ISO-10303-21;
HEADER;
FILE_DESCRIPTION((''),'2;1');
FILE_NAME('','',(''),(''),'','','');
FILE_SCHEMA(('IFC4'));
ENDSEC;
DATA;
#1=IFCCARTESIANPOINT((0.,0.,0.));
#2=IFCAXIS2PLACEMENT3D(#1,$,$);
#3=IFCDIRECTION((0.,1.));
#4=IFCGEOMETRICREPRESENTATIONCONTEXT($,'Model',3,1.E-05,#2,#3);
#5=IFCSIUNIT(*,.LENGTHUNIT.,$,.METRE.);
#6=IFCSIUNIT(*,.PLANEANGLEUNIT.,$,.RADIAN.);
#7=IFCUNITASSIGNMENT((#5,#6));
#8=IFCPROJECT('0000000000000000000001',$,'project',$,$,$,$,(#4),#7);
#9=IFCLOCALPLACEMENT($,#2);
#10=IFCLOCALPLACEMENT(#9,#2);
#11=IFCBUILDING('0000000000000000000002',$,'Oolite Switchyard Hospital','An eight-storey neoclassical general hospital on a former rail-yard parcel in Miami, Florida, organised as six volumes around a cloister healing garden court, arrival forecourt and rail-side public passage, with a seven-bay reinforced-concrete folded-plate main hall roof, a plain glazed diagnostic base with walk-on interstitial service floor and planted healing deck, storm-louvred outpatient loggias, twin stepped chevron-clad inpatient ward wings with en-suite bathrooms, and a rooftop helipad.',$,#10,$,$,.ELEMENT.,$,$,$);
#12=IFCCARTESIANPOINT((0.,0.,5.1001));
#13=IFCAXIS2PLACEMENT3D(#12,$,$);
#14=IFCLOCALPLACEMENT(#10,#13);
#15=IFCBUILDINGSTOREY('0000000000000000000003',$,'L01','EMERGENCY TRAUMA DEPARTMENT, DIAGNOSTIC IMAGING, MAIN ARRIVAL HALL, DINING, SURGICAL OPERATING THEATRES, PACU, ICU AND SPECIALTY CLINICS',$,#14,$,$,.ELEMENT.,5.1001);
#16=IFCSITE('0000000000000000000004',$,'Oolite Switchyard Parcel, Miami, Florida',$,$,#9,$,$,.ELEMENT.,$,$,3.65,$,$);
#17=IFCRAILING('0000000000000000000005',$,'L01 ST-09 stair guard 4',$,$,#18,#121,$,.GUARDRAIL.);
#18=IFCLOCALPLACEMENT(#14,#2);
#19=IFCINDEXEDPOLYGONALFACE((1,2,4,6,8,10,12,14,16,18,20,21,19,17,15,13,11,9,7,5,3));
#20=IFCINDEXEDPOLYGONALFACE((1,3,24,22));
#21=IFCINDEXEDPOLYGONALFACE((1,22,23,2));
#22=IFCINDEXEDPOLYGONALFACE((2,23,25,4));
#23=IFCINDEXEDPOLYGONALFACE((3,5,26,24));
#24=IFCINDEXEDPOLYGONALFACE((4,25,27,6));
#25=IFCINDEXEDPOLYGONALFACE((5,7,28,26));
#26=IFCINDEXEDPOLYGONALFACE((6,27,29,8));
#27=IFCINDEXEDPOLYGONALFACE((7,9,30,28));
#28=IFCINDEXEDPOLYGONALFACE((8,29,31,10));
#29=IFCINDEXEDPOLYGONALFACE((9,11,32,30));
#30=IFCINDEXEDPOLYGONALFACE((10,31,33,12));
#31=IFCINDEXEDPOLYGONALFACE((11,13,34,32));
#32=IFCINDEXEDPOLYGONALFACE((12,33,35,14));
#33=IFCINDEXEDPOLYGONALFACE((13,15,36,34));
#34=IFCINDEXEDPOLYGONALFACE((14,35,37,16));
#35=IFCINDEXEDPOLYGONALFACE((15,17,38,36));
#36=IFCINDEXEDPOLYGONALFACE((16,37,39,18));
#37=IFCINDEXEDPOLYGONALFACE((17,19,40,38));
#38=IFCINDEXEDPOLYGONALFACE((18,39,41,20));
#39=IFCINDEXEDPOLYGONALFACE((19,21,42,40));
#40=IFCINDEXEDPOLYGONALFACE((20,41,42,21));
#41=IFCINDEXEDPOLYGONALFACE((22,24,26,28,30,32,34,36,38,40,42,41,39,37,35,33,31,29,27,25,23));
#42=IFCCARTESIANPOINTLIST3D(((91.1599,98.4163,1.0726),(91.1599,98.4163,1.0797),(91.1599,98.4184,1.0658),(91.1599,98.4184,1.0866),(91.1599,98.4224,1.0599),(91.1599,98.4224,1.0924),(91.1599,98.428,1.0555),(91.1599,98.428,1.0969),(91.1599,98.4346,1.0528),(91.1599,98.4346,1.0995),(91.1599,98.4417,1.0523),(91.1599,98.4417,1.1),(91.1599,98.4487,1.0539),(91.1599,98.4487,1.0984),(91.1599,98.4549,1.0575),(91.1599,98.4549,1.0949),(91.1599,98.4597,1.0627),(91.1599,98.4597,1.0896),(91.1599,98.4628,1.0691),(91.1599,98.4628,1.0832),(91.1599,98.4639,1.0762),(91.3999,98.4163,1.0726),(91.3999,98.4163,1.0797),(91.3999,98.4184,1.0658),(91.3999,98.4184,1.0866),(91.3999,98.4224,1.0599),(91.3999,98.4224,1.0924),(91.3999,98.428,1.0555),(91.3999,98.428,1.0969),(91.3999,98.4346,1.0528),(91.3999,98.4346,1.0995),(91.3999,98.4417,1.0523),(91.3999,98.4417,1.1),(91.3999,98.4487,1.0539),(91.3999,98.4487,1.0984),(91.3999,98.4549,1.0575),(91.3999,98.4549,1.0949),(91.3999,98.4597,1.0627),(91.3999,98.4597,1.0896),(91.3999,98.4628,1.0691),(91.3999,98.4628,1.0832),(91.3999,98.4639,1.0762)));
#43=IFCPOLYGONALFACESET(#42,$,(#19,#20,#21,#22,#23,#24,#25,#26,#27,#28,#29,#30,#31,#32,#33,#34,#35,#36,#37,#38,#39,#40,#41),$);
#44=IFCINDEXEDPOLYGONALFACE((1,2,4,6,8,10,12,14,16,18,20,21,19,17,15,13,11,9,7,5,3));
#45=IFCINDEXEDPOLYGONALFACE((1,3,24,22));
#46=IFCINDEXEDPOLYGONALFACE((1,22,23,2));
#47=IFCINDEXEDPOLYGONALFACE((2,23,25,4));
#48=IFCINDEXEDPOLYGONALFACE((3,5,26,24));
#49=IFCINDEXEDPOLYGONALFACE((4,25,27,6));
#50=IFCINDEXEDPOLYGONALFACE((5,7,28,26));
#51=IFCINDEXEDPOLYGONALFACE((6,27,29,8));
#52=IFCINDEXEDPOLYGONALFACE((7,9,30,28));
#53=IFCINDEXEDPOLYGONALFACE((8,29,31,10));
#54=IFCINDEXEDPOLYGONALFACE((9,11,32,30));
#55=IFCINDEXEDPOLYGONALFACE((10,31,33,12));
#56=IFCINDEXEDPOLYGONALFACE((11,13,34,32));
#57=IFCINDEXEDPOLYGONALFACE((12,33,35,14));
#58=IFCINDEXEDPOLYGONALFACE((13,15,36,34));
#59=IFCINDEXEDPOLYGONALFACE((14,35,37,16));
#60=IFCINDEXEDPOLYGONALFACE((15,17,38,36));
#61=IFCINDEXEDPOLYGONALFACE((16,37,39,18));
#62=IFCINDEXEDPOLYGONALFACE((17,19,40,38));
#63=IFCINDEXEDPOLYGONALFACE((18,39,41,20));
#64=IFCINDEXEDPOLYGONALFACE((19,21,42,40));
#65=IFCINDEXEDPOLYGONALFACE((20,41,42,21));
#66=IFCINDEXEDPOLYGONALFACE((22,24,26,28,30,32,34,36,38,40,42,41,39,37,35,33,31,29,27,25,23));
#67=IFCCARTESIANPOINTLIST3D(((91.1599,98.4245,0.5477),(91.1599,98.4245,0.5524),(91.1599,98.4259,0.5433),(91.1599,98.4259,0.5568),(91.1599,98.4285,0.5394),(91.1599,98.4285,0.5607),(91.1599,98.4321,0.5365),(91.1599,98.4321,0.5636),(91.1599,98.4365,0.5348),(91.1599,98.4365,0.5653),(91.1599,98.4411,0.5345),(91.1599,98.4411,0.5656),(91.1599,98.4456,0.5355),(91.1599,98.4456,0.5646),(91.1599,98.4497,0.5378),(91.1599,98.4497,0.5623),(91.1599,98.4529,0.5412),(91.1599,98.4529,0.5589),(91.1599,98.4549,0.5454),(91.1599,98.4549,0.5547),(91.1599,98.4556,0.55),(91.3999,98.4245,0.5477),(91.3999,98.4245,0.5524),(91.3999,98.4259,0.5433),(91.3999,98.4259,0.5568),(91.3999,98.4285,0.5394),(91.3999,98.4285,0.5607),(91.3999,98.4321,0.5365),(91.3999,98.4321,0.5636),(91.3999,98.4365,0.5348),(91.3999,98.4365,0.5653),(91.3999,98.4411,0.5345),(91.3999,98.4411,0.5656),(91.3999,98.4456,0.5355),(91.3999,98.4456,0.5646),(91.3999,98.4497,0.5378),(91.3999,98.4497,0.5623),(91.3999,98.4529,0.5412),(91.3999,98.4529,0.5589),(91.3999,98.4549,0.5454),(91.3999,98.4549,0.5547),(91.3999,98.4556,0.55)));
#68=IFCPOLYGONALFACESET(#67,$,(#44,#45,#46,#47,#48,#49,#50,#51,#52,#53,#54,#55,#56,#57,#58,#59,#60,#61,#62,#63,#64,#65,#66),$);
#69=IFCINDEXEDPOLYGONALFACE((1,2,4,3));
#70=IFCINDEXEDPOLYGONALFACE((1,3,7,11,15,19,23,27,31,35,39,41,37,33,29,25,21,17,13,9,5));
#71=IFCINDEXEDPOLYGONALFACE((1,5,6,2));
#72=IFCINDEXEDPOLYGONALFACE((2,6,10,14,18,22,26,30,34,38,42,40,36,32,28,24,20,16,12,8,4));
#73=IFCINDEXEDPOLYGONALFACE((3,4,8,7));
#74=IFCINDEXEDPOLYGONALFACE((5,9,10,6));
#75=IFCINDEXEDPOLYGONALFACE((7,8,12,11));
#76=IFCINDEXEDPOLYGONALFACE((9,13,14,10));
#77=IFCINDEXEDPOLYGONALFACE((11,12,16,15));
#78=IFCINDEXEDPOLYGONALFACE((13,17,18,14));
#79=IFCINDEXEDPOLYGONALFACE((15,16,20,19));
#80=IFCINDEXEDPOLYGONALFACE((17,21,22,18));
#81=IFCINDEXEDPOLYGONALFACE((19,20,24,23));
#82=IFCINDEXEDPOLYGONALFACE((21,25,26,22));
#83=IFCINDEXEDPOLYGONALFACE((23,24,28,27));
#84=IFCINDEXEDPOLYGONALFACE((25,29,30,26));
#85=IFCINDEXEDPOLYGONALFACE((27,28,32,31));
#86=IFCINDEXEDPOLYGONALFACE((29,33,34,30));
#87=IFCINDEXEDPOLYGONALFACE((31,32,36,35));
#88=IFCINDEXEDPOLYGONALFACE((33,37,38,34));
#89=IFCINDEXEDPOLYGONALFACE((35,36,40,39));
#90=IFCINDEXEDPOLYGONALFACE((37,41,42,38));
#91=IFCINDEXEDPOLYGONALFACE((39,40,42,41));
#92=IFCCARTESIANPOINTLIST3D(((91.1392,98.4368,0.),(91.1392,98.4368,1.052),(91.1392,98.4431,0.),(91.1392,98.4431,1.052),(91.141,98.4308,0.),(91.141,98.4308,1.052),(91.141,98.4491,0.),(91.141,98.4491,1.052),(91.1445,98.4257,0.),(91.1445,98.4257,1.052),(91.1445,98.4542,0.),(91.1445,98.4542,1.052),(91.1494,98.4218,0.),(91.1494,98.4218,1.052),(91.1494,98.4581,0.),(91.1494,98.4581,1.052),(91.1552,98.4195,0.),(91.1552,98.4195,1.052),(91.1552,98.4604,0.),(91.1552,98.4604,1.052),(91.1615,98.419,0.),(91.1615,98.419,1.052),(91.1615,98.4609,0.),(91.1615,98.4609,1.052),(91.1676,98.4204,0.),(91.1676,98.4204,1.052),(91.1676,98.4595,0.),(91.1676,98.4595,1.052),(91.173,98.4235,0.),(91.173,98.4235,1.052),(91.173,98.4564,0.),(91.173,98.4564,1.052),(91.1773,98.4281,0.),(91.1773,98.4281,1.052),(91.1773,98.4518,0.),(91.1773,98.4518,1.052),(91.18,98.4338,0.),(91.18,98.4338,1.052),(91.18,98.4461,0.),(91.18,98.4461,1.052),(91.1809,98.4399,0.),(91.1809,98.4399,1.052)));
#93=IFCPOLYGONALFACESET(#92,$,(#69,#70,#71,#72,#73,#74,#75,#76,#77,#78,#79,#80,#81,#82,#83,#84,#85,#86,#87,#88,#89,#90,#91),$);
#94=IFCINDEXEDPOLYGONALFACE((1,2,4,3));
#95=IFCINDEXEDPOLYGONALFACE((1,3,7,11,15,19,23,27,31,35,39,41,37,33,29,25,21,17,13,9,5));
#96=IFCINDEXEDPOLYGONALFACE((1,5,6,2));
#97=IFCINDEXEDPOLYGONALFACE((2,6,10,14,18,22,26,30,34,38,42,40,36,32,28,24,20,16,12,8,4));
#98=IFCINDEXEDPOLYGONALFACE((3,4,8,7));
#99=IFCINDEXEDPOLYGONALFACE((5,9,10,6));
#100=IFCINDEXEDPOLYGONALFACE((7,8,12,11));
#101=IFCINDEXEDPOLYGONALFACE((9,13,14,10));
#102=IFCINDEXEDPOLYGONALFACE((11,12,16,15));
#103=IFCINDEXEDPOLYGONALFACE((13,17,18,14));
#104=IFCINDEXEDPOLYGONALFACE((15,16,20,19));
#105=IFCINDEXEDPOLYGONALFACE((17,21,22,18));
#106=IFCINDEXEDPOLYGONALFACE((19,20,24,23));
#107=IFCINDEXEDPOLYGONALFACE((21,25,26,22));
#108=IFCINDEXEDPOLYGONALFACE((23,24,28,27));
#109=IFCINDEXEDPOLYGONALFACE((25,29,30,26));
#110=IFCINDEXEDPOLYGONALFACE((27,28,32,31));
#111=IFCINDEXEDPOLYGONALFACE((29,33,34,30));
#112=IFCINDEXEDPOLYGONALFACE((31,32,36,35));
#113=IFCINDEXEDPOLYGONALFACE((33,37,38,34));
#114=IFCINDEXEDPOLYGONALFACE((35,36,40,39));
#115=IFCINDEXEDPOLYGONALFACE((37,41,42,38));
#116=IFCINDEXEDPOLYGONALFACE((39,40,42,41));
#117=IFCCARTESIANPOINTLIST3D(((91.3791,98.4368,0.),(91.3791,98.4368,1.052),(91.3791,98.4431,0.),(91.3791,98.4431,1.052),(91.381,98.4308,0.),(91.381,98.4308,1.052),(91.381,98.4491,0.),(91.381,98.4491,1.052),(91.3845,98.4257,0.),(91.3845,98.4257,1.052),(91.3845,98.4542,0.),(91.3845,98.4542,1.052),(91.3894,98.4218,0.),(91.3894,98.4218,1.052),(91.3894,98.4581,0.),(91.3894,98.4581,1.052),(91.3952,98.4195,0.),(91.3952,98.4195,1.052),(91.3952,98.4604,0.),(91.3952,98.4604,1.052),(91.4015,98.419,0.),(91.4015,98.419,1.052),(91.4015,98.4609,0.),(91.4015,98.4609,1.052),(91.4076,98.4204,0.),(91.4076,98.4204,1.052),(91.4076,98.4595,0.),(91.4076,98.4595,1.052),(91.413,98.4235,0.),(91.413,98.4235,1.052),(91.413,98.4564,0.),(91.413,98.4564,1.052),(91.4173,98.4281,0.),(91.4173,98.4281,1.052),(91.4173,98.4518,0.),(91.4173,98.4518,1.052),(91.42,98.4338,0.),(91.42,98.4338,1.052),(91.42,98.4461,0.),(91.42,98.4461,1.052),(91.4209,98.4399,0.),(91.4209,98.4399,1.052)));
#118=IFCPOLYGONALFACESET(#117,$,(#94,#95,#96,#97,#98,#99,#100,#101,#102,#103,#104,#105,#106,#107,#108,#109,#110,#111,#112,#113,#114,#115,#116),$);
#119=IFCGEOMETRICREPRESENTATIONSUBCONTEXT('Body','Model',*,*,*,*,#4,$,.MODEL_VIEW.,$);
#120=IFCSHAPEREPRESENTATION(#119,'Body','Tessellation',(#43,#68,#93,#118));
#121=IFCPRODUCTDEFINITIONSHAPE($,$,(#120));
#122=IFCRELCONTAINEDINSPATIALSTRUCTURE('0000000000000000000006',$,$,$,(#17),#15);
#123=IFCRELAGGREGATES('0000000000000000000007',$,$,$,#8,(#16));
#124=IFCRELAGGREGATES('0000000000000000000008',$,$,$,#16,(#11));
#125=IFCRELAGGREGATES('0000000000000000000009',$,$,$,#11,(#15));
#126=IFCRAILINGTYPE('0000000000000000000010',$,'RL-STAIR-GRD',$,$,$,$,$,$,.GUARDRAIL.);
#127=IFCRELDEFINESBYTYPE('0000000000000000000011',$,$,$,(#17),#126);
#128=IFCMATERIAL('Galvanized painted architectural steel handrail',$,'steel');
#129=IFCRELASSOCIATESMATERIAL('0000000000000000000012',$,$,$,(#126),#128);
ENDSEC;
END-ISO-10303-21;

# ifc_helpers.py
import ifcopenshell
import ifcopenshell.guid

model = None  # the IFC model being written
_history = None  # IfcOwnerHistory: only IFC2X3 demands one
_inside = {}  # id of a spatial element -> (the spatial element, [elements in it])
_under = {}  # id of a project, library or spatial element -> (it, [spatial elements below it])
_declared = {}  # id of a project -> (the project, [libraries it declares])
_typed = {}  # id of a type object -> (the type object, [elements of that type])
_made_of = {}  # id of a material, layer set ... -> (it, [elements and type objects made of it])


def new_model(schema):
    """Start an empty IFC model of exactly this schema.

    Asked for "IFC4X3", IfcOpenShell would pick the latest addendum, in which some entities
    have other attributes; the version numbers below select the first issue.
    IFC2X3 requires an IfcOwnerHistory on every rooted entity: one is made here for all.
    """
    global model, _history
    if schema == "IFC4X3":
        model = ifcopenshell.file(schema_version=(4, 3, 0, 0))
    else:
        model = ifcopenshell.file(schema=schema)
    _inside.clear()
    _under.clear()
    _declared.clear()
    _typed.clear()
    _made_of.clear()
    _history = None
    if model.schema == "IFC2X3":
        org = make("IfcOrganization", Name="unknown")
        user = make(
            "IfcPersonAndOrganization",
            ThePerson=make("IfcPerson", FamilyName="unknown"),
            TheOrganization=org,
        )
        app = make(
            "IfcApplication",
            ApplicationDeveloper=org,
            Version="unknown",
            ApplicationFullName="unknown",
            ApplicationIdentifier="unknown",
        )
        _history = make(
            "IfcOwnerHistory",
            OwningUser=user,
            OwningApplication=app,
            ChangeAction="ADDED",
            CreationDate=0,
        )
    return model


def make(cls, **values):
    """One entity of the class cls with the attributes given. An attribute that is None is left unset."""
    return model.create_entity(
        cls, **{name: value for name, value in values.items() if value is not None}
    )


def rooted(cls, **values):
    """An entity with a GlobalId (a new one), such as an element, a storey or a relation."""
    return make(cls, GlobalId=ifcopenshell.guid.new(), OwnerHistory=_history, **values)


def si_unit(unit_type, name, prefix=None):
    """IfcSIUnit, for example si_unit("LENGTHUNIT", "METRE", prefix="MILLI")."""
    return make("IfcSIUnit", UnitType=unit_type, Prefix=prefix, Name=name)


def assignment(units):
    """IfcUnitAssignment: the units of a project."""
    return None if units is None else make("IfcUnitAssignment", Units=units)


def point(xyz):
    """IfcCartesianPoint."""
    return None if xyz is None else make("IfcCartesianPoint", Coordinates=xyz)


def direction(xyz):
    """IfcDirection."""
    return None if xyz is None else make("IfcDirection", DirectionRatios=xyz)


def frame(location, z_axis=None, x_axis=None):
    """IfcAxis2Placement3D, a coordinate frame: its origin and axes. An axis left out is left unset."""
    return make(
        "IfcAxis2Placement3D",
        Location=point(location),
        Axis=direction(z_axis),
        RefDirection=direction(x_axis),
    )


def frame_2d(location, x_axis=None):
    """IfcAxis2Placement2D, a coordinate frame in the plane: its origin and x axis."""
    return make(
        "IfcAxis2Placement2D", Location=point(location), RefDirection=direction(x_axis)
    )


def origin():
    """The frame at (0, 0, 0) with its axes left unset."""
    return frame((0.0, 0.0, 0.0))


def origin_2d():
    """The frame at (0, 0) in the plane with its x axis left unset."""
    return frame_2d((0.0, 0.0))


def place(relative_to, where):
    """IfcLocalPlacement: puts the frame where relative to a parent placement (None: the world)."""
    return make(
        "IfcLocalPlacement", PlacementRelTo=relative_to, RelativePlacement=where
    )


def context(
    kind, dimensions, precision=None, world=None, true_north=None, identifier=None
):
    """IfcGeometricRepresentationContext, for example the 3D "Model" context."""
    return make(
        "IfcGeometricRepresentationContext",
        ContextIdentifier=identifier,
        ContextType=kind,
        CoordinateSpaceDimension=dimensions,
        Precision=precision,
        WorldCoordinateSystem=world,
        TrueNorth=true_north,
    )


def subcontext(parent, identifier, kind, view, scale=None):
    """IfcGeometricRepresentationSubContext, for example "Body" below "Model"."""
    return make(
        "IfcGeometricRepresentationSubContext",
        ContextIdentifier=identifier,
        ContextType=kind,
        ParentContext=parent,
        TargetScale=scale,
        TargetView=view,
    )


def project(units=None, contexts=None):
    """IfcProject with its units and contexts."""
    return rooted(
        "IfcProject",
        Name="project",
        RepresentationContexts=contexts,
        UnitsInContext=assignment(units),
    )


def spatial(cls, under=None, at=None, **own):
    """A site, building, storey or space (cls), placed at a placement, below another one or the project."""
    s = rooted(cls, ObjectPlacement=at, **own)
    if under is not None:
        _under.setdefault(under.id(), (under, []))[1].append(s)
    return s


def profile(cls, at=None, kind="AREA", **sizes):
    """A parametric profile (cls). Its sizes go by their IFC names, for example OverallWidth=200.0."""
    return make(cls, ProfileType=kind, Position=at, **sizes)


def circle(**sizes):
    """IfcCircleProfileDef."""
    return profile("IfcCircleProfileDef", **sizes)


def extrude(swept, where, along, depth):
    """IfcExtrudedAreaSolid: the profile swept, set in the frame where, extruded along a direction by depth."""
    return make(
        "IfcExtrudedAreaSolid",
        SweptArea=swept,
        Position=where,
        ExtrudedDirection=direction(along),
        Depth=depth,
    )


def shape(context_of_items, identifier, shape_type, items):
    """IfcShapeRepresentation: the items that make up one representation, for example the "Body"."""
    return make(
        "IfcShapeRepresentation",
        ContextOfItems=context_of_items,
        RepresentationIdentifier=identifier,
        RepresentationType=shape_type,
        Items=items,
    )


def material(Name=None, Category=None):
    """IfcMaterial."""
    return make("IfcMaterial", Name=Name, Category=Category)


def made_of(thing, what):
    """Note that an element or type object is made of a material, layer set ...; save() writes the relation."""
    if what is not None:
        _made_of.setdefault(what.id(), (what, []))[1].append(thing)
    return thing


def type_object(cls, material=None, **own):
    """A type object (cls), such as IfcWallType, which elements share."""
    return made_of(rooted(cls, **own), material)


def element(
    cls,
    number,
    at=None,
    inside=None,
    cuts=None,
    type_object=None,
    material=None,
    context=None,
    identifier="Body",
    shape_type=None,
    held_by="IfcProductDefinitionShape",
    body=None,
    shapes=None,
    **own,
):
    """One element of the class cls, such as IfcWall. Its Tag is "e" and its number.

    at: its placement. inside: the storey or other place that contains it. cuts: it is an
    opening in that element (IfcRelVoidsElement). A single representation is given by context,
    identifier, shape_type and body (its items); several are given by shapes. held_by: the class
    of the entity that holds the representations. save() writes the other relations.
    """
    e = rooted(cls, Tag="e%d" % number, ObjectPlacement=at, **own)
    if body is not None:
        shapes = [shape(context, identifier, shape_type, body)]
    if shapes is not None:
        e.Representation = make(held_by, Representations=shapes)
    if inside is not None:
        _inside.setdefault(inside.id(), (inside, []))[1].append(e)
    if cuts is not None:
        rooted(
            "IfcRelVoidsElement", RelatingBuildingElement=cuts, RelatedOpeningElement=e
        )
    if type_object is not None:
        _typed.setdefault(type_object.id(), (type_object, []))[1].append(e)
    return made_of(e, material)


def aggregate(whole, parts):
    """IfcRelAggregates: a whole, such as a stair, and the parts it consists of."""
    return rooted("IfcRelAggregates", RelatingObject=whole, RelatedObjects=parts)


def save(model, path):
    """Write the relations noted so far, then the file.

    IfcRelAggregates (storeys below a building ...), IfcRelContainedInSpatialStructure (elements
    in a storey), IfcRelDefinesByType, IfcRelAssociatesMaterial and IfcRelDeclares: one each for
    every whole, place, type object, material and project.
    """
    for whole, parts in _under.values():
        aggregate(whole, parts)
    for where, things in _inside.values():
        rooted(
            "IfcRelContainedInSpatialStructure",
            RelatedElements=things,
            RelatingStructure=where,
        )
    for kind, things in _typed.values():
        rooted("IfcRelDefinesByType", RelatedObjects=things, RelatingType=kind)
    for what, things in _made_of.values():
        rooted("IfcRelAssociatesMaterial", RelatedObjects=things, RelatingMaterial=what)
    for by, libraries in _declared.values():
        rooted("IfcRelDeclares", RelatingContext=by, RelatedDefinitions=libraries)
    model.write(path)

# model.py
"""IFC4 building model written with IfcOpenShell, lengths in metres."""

from ifc_helpers import new_model, si_unit, direction, frame, origin, origin_2d, place, context, subcontext, project, spatial, circle, extrude, material, type_object, element, save


model = new_model("IFC4")

# Units and contexts
model_context = context("Model", 3, precision=1e-05, world=origin(), true_north=direction((0.0, 1.0)))
body_context = subcontext(model_context, "Body", "Model", "MODEL_VIEW")
ifc_project = project(units=[si_unit("LENGTHUNIT", "METRE"), si_unit("PLANEANGLEUNIT", "RADIAN")], contexts=[model_context])

# Site, building, storey
site_placement = place(None, origin())
site = spatial("IfcSite", under=ifc_project, at=site_placement, Name="Oolite Switchyard Parcel, Miami, Florida", CompositionType="ELEMENT", RefElevation=3.65)
building_placement = place(site_placement, origin())
building = spatial("IfcBuilding", under=site, at=building_placement, Name="Oolite Switchyard Hospital", Description="An eight-storey neoclassical general hospital on a former rail-yard parcel in Miami, Florida, organised as six volumes around a cloister healing garden court, arrival forecourt and rail-side public passage, with a seven-bay reinforced-concrete folded-plate main hall roof, a plain glazed diagnostic base with walk-on interstitial service floor and planted healing deck, storm-louvred outpatient loggias, twin stepped chevron-clad inpatient ward wings with en-suite bathrooms, and a rooftop helipad.", CompositionType="ELEMENT")
storey_placement = place(building_placement, frame((0.0, 0.0, 5.1001)))
storey = spatial("IfcBuildingStorey", under=building, at=storey_placement, Name="L01", Description="EMERGENCY TRAUMA DEPARTMENT, DIAGNOSTIC IMAGING, MAIN ARRIVAL HALL, DINING, SURGICAL OPERATING THEATRES, PACU, ICU AND SPECIALTY CLINICS", CompositionType="ELEMENT", Elevation=5.1001)

# Railing
ifc_material_1 = material(Name="Galvanized painted architectural steel handrail", Category="steel")
railing_type_1 = type_object("IfcRailingType", Name="RL-STAIR-GRD", PredefinedType="GUARDRAIL", material=ifc_material_1)
railing_1_placement = place(storey_placement, frame((91.1599, 98.4399, 0.0)))
element("IfcRailing", 1, at=railing_1_placement, inside=storey, type_object=railing_type_1, Name="L01 ST-09 stair guard 4", PredefinedType="GUARDRAIL", context=body_context, shape_type="SweptSolid", body=[
    extrude(circle(Radius=0.0239, at=origin_2d()), frame((0.0, 0.0, 1.0762), z_axis=(1.0, 0.0, 0.0), x_axis=(0.0, 1.0, 0.0)), (0.0, 0.0, 1.0), 0.24),
    extrude(circle(Radius=0.0156, at=origin_2d()), frame((0.0, 0.0, 0.55), z_axis=(1.0, 0.0, 0.0), x_axis=(0.0, 1.0, 0.0)), (0.0, 0.0, 1.0), 0.24),
    extrude(circle(Radius=0.021, at=origin_2d()), origin(), (0.0, 0.0, 1.0), 1.052),
    extrude(circle(Radius=0.021, at=origin_2d()), frame((0.24, 0.0, 0.0)), (0.0, 0.0, 1.0), 1.052),
])

save(model, "model.ifc")
